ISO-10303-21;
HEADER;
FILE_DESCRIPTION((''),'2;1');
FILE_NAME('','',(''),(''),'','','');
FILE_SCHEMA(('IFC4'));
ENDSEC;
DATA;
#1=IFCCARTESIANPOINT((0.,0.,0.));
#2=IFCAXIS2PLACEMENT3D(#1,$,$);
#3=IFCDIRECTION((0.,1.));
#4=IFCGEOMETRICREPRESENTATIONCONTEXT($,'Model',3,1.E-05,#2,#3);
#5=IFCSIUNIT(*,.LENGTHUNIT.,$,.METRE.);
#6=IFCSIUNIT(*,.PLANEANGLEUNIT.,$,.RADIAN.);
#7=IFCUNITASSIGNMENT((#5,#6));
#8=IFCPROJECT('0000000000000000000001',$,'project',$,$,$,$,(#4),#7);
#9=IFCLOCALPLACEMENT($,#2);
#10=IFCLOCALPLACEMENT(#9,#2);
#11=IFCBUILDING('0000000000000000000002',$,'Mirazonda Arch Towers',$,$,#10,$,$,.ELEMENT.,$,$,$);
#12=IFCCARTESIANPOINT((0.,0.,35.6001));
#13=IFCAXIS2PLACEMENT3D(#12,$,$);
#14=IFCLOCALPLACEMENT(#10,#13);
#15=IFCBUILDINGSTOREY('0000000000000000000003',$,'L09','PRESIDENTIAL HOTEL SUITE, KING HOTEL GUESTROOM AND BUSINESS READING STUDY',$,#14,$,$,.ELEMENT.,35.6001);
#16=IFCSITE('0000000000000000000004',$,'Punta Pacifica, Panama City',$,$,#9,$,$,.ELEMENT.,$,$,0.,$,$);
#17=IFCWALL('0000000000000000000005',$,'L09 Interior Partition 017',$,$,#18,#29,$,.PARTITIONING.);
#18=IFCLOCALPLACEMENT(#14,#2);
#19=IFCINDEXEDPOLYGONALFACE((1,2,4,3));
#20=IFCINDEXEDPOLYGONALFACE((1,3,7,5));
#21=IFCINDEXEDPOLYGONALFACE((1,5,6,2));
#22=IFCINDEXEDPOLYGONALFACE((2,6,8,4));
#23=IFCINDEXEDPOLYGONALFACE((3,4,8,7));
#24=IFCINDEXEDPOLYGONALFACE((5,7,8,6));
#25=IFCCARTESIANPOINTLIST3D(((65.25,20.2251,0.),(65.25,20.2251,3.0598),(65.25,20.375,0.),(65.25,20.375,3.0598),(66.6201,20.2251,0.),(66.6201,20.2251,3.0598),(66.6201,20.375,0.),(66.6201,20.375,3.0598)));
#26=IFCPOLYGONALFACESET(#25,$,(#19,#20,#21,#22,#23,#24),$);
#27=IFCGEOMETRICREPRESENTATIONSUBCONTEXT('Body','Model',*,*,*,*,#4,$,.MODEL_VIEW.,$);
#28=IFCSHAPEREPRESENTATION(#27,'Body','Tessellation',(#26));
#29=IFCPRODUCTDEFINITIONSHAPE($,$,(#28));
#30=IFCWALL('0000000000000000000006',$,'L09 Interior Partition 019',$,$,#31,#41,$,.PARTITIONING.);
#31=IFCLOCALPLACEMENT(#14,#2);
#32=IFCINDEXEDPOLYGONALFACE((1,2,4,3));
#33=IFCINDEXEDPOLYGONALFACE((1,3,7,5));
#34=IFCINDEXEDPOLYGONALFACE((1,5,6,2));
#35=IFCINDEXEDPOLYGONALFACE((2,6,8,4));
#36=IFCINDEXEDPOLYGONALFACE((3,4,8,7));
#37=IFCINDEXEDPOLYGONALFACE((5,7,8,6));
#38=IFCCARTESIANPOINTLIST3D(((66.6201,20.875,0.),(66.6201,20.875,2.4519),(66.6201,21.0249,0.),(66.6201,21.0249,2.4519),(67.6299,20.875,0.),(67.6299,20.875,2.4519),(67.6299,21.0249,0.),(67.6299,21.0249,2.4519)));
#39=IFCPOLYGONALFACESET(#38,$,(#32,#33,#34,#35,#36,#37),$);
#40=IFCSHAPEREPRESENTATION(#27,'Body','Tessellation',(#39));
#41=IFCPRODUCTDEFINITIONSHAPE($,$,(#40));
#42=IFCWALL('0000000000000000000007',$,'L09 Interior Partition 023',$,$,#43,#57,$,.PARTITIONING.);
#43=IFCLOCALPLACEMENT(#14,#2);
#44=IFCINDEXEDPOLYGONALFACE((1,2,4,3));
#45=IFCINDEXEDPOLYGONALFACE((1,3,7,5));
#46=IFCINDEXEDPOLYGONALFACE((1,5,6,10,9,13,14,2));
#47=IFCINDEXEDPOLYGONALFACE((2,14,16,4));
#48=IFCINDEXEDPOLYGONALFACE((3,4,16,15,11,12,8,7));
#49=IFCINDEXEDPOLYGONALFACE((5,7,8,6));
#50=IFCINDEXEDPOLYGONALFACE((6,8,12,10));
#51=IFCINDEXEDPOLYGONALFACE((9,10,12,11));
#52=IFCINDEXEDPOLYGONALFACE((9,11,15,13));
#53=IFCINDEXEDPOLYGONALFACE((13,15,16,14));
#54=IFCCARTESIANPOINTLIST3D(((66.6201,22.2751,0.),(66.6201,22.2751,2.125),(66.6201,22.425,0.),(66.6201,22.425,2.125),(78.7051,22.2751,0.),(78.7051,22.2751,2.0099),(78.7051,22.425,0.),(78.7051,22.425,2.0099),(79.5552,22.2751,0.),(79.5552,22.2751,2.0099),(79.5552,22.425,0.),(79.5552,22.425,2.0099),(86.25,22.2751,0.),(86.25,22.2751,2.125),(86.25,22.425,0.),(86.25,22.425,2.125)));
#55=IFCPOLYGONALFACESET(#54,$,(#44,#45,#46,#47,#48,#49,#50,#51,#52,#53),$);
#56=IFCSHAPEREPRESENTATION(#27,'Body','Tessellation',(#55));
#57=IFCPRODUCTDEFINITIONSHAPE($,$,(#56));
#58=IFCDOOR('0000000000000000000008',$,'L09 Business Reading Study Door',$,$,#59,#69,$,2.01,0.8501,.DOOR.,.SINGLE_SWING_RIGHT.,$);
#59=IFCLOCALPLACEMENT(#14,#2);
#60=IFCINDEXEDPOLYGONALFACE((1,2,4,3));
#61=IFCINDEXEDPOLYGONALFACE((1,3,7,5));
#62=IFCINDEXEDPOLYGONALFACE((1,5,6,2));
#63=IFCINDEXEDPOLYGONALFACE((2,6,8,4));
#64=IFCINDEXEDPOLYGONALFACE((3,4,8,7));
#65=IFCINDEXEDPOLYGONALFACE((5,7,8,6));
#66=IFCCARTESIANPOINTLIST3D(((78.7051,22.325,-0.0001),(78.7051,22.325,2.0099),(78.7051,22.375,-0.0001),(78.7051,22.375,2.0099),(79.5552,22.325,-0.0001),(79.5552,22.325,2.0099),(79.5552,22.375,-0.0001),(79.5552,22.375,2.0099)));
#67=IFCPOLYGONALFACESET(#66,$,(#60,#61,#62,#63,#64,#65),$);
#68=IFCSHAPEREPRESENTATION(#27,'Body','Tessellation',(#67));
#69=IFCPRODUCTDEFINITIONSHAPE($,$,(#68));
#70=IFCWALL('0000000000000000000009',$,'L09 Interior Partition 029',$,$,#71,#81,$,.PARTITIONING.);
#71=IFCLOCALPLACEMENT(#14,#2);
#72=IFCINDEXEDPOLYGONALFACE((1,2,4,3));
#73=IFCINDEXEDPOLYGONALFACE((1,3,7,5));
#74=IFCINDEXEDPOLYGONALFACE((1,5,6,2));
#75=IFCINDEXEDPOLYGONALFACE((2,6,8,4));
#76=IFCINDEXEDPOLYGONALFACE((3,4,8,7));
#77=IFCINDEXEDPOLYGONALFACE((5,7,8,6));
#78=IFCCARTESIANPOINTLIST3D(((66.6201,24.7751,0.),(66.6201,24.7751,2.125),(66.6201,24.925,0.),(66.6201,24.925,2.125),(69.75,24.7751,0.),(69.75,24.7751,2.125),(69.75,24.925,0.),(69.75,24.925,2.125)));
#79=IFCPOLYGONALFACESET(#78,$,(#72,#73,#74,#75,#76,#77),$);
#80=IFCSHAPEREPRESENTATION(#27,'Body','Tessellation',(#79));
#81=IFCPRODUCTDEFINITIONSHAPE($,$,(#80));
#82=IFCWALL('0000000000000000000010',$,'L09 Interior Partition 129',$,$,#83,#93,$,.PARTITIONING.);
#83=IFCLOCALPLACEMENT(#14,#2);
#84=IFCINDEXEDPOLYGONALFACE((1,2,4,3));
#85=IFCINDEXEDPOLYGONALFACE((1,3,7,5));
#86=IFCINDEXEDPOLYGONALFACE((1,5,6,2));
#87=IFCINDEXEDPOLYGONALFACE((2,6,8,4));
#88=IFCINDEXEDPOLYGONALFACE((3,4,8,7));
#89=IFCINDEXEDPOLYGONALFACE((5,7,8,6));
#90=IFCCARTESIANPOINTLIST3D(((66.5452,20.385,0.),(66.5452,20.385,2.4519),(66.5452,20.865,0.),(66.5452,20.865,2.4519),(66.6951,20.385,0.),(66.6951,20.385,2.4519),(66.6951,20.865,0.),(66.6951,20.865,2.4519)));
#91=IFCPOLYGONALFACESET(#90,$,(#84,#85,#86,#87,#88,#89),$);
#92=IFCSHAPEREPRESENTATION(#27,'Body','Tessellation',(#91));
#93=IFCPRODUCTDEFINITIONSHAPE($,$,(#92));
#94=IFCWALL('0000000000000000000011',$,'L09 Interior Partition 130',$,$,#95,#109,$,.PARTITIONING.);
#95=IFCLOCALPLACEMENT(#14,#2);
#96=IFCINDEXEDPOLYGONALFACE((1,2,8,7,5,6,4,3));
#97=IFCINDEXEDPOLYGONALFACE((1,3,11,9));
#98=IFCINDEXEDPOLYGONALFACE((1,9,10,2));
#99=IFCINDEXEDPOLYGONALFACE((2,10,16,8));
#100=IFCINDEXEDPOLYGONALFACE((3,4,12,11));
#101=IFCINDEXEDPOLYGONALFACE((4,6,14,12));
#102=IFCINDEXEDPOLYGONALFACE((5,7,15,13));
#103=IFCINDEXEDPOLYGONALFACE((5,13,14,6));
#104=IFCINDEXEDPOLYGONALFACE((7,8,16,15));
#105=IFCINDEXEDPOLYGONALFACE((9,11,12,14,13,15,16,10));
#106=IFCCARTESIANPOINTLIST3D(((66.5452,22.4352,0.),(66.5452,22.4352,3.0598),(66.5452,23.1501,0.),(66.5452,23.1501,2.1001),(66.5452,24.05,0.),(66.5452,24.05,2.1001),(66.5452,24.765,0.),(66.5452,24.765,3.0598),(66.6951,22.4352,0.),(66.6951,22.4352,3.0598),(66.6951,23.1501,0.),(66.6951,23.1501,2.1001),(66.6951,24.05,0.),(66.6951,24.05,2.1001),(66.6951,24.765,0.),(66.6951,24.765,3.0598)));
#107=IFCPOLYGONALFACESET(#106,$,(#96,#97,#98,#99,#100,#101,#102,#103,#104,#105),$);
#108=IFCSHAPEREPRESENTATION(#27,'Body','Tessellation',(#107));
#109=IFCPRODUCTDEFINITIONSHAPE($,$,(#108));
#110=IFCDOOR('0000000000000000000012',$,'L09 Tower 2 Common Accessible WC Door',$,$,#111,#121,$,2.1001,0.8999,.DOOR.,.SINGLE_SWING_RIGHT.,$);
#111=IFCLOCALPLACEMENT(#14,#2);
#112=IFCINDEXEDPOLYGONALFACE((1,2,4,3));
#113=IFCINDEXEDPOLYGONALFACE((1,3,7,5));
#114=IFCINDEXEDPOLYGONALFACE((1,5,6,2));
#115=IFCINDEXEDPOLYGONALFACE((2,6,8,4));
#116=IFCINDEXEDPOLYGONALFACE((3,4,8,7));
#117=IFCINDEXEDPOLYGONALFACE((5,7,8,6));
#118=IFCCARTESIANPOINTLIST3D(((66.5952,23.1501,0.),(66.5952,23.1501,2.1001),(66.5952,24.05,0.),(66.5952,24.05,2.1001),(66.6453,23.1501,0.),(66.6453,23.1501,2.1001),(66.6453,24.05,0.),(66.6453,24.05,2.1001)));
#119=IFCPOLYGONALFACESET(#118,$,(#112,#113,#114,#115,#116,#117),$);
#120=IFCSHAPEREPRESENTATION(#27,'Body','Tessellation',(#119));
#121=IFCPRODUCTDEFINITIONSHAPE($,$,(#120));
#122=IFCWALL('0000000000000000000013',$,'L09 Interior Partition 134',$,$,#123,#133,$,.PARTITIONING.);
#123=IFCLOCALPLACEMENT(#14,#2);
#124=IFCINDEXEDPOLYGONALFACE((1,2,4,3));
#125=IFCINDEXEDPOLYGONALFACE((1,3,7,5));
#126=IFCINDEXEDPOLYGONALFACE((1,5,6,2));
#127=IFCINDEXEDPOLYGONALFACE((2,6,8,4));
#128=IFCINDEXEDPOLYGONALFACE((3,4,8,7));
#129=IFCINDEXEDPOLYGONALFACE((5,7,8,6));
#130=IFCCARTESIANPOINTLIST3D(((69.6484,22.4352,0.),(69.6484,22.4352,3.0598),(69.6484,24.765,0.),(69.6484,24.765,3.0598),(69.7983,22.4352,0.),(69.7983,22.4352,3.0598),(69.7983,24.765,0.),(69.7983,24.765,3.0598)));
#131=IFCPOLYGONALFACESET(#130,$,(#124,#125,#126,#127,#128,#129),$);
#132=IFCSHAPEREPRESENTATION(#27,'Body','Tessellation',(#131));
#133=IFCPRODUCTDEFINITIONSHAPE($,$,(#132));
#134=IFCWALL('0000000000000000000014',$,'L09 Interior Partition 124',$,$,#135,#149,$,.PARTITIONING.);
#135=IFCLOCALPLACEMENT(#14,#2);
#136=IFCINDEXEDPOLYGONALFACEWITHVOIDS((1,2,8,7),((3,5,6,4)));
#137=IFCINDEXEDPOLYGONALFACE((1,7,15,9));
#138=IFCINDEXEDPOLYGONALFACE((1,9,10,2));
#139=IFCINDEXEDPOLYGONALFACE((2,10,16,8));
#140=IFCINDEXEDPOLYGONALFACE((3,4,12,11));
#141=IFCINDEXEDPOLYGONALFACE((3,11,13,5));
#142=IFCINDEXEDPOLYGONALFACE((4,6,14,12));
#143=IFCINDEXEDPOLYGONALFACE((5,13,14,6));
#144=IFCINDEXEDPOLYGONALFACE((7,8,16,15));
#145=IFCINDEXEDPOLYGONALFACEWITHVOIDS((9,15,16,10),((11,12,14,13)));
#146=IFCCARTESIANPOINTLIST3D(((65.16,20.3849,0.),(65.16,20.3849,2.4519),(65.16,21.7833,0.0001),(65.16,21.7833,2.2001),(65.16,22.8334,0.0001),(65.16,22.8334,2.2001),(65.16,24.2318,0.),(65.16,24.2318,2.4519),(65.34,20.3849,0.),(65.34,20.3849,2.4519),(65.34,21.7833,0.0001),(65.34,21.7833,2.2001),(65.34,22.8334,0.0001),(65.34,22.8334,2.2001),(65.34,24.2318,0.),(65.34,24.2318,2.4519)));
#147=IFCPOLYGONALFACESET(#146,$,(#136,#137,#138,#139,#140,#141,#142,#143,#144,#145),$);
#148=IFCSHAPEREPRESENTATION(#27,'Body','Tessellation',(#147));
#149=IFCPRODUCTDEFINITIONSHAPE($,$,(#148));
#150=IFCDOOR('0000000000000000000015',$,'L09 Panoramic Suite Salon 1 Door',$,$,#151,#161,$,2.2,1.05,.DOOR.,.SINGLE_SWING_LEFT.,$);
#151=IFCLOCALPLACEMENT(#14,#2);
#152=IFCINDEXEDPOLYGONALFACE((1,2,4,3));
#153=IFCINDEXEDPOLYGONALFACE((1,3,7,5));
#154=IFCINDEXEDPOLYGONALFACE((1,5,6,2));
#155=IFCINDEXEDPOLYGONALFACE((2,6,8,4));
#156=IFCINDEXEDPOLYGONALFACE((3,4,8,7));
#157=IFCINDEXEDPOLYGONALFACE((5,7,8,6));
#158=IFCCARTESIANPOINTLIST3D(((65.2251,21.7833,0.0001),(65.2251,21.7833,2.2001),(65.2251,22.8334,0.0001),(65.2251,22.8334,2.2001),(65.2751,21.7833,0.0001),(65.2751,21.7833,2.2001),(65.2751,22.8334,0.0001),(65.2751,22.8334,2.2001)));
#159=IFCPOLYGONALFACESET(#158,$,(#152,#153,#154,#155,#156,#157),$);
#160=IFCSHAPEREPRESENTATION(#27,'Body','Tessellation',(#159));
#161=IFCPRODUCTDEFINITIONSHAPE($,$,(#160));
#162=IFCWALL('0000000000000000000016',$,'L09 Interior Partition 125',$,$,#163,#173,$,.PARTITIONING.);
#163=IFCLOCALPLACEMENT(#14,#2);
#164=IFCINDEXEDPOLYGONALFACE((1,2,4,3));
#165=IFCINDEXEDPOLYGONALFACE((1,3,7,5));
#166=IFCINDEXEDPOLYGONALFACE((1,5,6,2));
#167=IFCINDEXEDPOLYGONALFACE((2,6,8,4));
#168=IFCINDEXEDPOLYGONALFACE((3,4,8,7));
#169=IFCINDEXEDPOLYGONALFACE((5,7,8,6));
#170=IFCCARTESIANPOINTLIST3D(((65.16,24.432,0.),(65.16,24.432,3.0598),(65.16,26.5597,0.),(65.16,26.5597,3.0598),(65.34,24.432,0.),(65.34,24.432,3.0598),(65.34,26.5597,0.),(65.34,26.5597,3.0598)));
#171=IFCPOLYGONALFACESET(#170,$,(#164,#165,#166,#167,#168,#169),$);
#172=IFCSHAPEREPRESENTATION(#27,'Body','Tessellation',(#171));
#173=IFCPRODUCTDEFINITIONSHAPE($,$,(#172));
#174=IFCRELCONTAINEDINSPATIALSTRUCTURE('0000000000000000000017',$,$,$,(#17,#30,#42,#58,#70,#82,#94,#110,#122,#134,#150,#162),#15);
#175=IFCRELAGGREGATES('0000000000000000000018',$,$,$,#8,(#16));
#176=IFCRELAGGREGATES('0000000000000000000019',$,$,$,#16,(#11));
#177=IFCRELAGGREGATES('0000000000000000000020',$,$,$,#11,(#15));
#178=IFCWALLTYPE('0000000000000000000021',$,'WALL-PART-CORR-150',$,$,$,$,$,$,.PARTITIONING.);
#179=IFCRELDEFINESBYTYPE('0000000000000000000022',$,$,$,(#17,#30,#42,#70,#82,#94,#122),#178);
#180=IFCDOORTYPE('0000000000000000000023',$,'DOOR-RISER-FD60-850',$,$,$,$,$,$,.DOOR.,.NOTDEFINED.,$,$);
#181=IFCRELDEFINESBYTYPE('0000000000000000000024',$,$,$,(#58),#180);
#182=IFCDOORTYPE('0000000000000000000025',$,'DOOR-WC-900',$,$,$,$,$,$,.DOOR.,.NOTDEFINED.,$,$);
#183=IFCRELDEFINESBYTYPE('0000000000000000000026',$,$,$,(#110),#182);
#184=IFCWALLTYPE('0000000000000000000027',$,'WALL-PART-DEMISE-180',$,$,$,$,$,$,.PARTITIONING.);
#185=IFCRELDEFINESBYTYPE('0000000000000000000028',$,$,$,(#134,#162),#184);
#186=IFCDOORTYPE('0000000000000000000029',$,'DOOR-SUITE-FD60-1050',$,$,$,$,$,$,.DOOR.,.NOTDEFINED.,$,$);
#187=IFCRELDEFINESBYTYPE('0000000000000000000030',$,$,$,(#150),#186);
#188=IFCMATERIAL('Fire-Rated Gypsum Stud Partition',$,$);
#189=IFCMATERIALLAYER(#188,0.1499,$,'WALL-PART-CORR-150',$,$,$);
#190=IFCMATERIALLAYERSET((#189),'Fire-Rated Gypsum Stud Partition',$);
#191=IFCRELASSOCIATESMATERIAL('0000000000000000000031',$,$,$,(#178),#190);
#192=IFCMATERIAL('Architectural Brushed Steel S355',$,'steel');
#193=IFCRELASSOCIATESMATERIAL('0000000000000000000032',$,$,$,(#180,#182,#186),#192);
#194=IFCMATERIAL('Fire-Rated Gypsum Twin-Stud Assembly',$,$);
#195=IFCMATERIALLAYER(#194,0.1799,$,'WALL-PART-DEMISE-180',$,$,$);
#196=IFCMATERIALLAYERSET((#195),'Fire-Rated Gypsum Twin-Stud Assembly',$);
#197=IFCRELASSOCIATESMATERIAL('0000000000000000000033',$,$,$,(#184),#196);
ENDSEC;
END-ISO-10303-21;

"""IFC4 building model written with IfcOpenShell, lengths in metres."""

from ifc_helpers import new_model, si_unit, direction, frame, frame_2d, origin, place, context, subcontext, project, spatial, rectangle, extrude, material, layer, layer_set, type_object, element, fill, save


model = new_model("IFC4")

# Units and contexts
model_context = context("Model", 3, precision=1e-05, world=origin(), true_north=direction((0.0, 1.0)))
body_context = subcontext(model_context, "Body", "Model", "MODEL_VIEW")
ifc_project = project(units=[si_unit("LENGTHUNIT", "METRE"), si_unit("PLANEANGLEUNIT", "RADIAN")], contexts=[model_context])

# Site, building, storey
site_placement = place(None, origin())
site = spatial("IfcSite", under=ifc_project, at=site_placement, Name="Punta Pacifica, Panama City", CompositionType="ELEMENT", RefElevation=0.0)
building_placement = place(site_placement, origin())
building = spatial("IfcBuilding", under=site, at=building_placement, Name="Mirazonda Arch Towers", CompositionType="ELEMENT")
storey_placement = place(building_placement, frame((0.0, 0.0, 35.6001)))
storey = spatial("IfcBuildingStorey", under=building, at=storey_placement, Name="L09", Description="PRESIDENTIAL HOTEL SUITE, KING HOTEL GUESTROOM AND BUSINESS READING STUDY", CompositionType="ELEMENT", Elevation=35.6001)

# Shared definitions
ifc_material_1 = material(Name="Architectural Brushed Steel S355", Category="steel")

# Walls
ifc_material_2 = material(Name="Fire-Rated Gypsum Stud Partition")
ifc_layer_1 = layer(ifc_material_2, 0.1499, Name="WALL-PART-CORR-150")
ifc_layer_set_1 = layer_set([ifc_layer_1], Name="Fire-Rated Gypsum Stud Partition")
wall_type_1 = type_object("IfcWallType", Name="WALL-PART-CORR-150", PredefinedType="PARTITIONING", material=ifc_layer_set_1)
wall_1_placement = place(storey_placement, frame((65.25, 20.3, 0.0), z_axis=(0.0, 0.0, 1.0), x_axis=(1.0, 0.0, 0.0)))
element("IfcWall", 1, at=wall_1_placement, inside=storey, type_object=wall_type_1, Name="L09 Interior Partition 017", PredefinedType="PARTITIONING", context=body_context, shape_type="SweptSolid", body=[
    extrude(rectangle(XDim=1.3701, YDim=0.1499, at=frame_2d((0.6851, 0.0))), origin(), (0.0, 0.0, 1.0), 3.0598),
])
wall_2_placement = place(storey_placement, frame((66.6201, 20.95, 0.0), z_axis=(0.0, 0.0, 1.0), x_axis=(1.0, 0.0, 0.0)))
element("IfcWall", 2, at=wall_2_placement, inside=storey, type_object=wall_type_1, Name="L09 Interior Partition 019", PredefinedType="PARTITIONING", context=body_context, shape_type="SweptSolid", body=[
    extrude(rectangle(XDim=1.0098, YDim=0.1499, at=frame_2d((0.5049, 0.0))), origin(), (0.0, 0.0, 1.0), 2.4519),
])

# Wall, opening, door
wall_3_placement = place(storey_placement, frame((66.6201, 22.3501, 0.0), z_axis=(0.0, 0.0, 1.0), x_axis=(1.0, 0.0, 0.0)))
wall_3 = element("IfcWall", 3, at=wall_3_placement, inside=storey, type_object=wall_type_1, Name="L09 Interior Partition 023", PredefinedType="PARTITIONING", context=body_context, shape_type="SweptSolid", body=[
    extrude(rectangle(XDim=19.6299, YDim=0.1499, at=frame_2d((9.8149, 0.0))), origin(), (0.0, 0.0, 1.0), 2.125),
])
opening_1_placement = place(wall_3_placement, frame((12.085, 0.0, 0.0)))
opening_1 = element("IfcOpeningElement", 4, at=opening_1_placement, cuts=wall_3, PredefinedType="OPENING", context=body_context, shape_type="SweptSolid", body=[
    extrude(rectangle(XDim=0.8501, YDim=2.01, at=frame_2d((0.425, 1.0049))), frame((0.0, 0.085, 0.0), z_axis=(0.0, -1.0, 0.0), x_axis=(1.0, 0.0, 0.0)), (0.0, 0.0, 1.0), 0.1699),
])
door_type_1 = type_object("IfcDoorType", Name="DOOR-RISER-FD60-850", OperationType="NOTDEFINED", PredefinedType="DOOR", material=ifc_material_1)
door_1_placement = place(opening_1_placement, origin())
door_1 = element("IfcDoor", 5, at=door_1_placement, inside=storey, type_object=door_type_1, Name="L09 Business Reading Study Door", OperationType="SINGLE_SWING_RIGHT", OverallHeight=2.01, OverallWidth=0.8501, PredefinedType="DOOR", context=body_context, shape_type="SweptSolid", body=[
    extrude(rectangle(XDim=0.8501, YDim=2.01, at=frame_2d((0.425, 1.0049))), frame((0.0, 0.0249, 0.0), z_axis=(0.0, -1.0, 0.0), x_axis=(1.0, 0.0, 0.0)), (0.0, 0.0, 1.0), 0.05),
])
fill(opening_1, door_1)

# Walls
wall_4_placement = place(storey_placement, frame((66.6201, 24.8501, 0.0), z_axis=(0.0, 0.0, 1.0), x_axis=(1.0, 0.0, 0.0)))
element("IfcWall", 6, at=wall_4_placement, inside=storey, type_object=wall_type_1, Name="L09 Interior Partition 029", PredefinedType="PARTITIONING", context=body_context, shape_type="SweptSolid", body=[
    extrude(rectangle(XDim=3.1299, YDim=0.1499, at=frame_2d((1.5649, 0.0))), origin(), (0.0, 0.0, 1.0), 2.125),
])
wall_5_placement = place(storey_placement, frame((66.6201, 20.385, 0.0), z_axis=(0.0, 0.0, 1.0), x_axis=(0.0, 1.0, 0.0)))
element("IfcWall", 7, at=wall_5_placement, inside=storey, type_object=wall_type_1, Name="L09 Interior Partition 129", PredefinedType="PARTITIONING", context=body_context, shape_type="SweptSolid", body=[
    extrude(rectangle(XDim=0.48, YDim=0.1499, at=frame_2d((0.24, 0.0))), origin(), (0.0, 0.0, 1.0), 2.4519),
])

# Wall, opening, door
wall_6_placement = place(storey_placement, frame((66.6201, 22.4351, 0.0), z_axis=(0.0, 0.0, 1.0), x_axis=(0.0, 1.0, 0.0)))
wall_6 = element("IfcWall", 8, at=wall_6_placement, inside=storey, type_object=wall_type_1, Name="L09 Interior Partition 130", PredefinedType="PARTITIONING", context=body_context, shape_type="SweptSolid", body=[
    extrude(rectangle(XDim=2.3298, YDim=0.1499, at=frame_2d((1.165, 0.0))), origin(), (0.0, 0.0, 1.0), 3.0598),
])
opening_2_placement = place(wall_6_placement, frame((0.7151, 0.0, 0.0)))
opening_2 = element("IfcOpeningElement", 9, at=opening_2_placement, cuts=wall_6, PredefinedType="OPENING", context=body_context, shape_type="SweptSolid", body=[
    extrude(rectangle(XDim=0.8999, YDim=2.1001, at=frame_2d((0.45, 1.05))), frame((0.0, 0.085, 0.0), z_axis=(0.0, -1.0, 0.0), x_axis=(1.0, 0.0, 0.0)), (0.0, 0.0, 1.0), 0.1699),
])
door_type_2 = type_object("IfcDoorType", Name="DOOR-WC-900", OperationType="NOTDEFINED", PredefinedType="DOOR", material=ifc_material_1)
door_2_placement = place(opening_2_placement, origin())
door_2 = element("IfcDoor", 10, at=door_2_placement, inside=storey, type_object=door_type_2, Name="L09 Tower 2 Common Accessible WC Door", OperationType="SINGLE_SWING_RIGHT", OverallHeight=2.1001, OverallWidth=0.8999, PredefinedType="DOOR", context=body_context, shape_type="SweptSolid", body=[
    extrude(rectangle(XDim=0.8999, YDim=2.1001, at=frame_2d((0.45, 1.05))), frame((0.0, 0.0249, 0.0), z_axis=(0.0, -1.0, 0.0), x_axis=(1.0, 0.0, 0.0)), (0.0, 0.0, 1.0), 0.05),
])
fill(opening_2, door_2)

# Wall
wall_7_placement = place(storey_placement, frame((69.7234, 22.4351, 0.0), z_axis=(0.0, 0.0, 1.0), x_axis=(0.0, 1.0, 0.0)))
element("IfcWall", 11, at=wall_7_placement, inside=storey, type_object=wall_type_1, Name="L09 Interior Partition 134", PredefinedType="PARTITIONING", context=body_context, shape_type="SweptSolid", body=[
    extrude(rectangle(XDim=2.3298, YDim=0.1499, at=frame_2d((1.165, 0.0))), origin(), (0.0, 0.0, 1.0), 3.0598),
])

# Wall, opening, door
ifc_material_3 = material(Name="Fire-Rated Gypsum Twin-Stud Assembly")
ifc_layer_2 = layer(ifc_material_3, 0.1799, Name="WALL-PART-DEMISE-180")
ifc_layer_set_2 = layer_set([ifc_layer_2], Name="Fire-Rated Gypsum Twin-Stud Assembly")
wall_type_2 = type_object("IfcWallType", Name="WALL-PART-DEMISE-180", PredefinedType="PARTITIONING", material=ifc_layer_set_2)
wall_8_placement = place(storey_placement, frame((65.25, 20.385, 0.0), z_axis=(0.0, 0.0, 1.0), x_axis=(0.0, 1.0, 0.0)))
wall_8 = element("IfcWall", 12, at=wall_8_placement, inside=storey, type_object=wall_type_2, Name="L09 Interior Partition 124", PredefinedType="PARTITIONING", context=body_context, shape_type="SweptSolid", body=[
    extrude(rectangle(XDim=3.8469, YDim=0.1799, at=frame_2d((1.9233, 0.0))), origin(), (0.0, 0.0, 1.0), 2.4519),
])
opening_3_placement = place(wall_8_placement, frame((1.3984, 0.0, 0.0)))
opening_3 = element("IfcOpeningElement", 13, at=opening_3_placement, cuts=wall_8, PredefinedType="OPENING", context=body_context, shape_type="SweptSolid", body=[
    extrude(rectangle(XDim=1.05, YDim=2.2, at=frame_2d((0.5249, 1.1001))), frame((0.0, 0.0999, 0.0), z_axis=(0.0, -1.0, 0.0), x_axis=(1.0, 0.0, 0.0)), (0.0, 0.0, 1.0), 0.2),
])
door_type_3 = type_object("IfcDoorType", Name="DOOR-SUITE-FD60-1050", OperationType="NOTDEFINED", PredefinedType="DOOR", material=ifc_material_1)
door_3_placement = place(opening_3_placement, origin())
door_3 = element("IfcDoor", 14, at=door_3_placement, inside=storey, type_object=door_type_3, Name="L09 Panoramic Suite Salon 1 Door", OperationType="SINGLE_SWING_LEFT", OverallHeight=2.2, OverallWidth=1.05, PredefinedType="DOOR", context=body_context, shape_type="SweptSolid", body=[
    extrude(rectangle(XDim=1.05, YDim=2.2, at=frame_2d((0.5249, 1.1001))), frame((0.0, 0.0249, 0.0), z_axis=(0.0, -1.0, 0.0), x_axis=(1.0, 0.0, 0.0)), (0.0, 0.0, 1.0), 0.05),
])
fill(opening_3, door_3)

# Wall
wall_9_placement = place(storey_placement, frame((65.25, 24.4319, 0.0), z_axis=(0.0, 0.0, 1.0), x_axis=(0.0, 1.0, 0.0)))
element("IfcWall", 15, at=wall_9_placement, inside=storey, type_object=wall_type_2, Name="L09 Interior Partition 125", PredefinedType="PARTITIONING", context=body_context, shape_type="SweptSolid", body=[
    extrude(rectangle(XDim=2.1277, YDim=0.1799, at=frame_2d((1.064, 0.0))), origin(), (0.0, 0.0, 1.0), 3.0598),
])

save(model, "model.ifc")
